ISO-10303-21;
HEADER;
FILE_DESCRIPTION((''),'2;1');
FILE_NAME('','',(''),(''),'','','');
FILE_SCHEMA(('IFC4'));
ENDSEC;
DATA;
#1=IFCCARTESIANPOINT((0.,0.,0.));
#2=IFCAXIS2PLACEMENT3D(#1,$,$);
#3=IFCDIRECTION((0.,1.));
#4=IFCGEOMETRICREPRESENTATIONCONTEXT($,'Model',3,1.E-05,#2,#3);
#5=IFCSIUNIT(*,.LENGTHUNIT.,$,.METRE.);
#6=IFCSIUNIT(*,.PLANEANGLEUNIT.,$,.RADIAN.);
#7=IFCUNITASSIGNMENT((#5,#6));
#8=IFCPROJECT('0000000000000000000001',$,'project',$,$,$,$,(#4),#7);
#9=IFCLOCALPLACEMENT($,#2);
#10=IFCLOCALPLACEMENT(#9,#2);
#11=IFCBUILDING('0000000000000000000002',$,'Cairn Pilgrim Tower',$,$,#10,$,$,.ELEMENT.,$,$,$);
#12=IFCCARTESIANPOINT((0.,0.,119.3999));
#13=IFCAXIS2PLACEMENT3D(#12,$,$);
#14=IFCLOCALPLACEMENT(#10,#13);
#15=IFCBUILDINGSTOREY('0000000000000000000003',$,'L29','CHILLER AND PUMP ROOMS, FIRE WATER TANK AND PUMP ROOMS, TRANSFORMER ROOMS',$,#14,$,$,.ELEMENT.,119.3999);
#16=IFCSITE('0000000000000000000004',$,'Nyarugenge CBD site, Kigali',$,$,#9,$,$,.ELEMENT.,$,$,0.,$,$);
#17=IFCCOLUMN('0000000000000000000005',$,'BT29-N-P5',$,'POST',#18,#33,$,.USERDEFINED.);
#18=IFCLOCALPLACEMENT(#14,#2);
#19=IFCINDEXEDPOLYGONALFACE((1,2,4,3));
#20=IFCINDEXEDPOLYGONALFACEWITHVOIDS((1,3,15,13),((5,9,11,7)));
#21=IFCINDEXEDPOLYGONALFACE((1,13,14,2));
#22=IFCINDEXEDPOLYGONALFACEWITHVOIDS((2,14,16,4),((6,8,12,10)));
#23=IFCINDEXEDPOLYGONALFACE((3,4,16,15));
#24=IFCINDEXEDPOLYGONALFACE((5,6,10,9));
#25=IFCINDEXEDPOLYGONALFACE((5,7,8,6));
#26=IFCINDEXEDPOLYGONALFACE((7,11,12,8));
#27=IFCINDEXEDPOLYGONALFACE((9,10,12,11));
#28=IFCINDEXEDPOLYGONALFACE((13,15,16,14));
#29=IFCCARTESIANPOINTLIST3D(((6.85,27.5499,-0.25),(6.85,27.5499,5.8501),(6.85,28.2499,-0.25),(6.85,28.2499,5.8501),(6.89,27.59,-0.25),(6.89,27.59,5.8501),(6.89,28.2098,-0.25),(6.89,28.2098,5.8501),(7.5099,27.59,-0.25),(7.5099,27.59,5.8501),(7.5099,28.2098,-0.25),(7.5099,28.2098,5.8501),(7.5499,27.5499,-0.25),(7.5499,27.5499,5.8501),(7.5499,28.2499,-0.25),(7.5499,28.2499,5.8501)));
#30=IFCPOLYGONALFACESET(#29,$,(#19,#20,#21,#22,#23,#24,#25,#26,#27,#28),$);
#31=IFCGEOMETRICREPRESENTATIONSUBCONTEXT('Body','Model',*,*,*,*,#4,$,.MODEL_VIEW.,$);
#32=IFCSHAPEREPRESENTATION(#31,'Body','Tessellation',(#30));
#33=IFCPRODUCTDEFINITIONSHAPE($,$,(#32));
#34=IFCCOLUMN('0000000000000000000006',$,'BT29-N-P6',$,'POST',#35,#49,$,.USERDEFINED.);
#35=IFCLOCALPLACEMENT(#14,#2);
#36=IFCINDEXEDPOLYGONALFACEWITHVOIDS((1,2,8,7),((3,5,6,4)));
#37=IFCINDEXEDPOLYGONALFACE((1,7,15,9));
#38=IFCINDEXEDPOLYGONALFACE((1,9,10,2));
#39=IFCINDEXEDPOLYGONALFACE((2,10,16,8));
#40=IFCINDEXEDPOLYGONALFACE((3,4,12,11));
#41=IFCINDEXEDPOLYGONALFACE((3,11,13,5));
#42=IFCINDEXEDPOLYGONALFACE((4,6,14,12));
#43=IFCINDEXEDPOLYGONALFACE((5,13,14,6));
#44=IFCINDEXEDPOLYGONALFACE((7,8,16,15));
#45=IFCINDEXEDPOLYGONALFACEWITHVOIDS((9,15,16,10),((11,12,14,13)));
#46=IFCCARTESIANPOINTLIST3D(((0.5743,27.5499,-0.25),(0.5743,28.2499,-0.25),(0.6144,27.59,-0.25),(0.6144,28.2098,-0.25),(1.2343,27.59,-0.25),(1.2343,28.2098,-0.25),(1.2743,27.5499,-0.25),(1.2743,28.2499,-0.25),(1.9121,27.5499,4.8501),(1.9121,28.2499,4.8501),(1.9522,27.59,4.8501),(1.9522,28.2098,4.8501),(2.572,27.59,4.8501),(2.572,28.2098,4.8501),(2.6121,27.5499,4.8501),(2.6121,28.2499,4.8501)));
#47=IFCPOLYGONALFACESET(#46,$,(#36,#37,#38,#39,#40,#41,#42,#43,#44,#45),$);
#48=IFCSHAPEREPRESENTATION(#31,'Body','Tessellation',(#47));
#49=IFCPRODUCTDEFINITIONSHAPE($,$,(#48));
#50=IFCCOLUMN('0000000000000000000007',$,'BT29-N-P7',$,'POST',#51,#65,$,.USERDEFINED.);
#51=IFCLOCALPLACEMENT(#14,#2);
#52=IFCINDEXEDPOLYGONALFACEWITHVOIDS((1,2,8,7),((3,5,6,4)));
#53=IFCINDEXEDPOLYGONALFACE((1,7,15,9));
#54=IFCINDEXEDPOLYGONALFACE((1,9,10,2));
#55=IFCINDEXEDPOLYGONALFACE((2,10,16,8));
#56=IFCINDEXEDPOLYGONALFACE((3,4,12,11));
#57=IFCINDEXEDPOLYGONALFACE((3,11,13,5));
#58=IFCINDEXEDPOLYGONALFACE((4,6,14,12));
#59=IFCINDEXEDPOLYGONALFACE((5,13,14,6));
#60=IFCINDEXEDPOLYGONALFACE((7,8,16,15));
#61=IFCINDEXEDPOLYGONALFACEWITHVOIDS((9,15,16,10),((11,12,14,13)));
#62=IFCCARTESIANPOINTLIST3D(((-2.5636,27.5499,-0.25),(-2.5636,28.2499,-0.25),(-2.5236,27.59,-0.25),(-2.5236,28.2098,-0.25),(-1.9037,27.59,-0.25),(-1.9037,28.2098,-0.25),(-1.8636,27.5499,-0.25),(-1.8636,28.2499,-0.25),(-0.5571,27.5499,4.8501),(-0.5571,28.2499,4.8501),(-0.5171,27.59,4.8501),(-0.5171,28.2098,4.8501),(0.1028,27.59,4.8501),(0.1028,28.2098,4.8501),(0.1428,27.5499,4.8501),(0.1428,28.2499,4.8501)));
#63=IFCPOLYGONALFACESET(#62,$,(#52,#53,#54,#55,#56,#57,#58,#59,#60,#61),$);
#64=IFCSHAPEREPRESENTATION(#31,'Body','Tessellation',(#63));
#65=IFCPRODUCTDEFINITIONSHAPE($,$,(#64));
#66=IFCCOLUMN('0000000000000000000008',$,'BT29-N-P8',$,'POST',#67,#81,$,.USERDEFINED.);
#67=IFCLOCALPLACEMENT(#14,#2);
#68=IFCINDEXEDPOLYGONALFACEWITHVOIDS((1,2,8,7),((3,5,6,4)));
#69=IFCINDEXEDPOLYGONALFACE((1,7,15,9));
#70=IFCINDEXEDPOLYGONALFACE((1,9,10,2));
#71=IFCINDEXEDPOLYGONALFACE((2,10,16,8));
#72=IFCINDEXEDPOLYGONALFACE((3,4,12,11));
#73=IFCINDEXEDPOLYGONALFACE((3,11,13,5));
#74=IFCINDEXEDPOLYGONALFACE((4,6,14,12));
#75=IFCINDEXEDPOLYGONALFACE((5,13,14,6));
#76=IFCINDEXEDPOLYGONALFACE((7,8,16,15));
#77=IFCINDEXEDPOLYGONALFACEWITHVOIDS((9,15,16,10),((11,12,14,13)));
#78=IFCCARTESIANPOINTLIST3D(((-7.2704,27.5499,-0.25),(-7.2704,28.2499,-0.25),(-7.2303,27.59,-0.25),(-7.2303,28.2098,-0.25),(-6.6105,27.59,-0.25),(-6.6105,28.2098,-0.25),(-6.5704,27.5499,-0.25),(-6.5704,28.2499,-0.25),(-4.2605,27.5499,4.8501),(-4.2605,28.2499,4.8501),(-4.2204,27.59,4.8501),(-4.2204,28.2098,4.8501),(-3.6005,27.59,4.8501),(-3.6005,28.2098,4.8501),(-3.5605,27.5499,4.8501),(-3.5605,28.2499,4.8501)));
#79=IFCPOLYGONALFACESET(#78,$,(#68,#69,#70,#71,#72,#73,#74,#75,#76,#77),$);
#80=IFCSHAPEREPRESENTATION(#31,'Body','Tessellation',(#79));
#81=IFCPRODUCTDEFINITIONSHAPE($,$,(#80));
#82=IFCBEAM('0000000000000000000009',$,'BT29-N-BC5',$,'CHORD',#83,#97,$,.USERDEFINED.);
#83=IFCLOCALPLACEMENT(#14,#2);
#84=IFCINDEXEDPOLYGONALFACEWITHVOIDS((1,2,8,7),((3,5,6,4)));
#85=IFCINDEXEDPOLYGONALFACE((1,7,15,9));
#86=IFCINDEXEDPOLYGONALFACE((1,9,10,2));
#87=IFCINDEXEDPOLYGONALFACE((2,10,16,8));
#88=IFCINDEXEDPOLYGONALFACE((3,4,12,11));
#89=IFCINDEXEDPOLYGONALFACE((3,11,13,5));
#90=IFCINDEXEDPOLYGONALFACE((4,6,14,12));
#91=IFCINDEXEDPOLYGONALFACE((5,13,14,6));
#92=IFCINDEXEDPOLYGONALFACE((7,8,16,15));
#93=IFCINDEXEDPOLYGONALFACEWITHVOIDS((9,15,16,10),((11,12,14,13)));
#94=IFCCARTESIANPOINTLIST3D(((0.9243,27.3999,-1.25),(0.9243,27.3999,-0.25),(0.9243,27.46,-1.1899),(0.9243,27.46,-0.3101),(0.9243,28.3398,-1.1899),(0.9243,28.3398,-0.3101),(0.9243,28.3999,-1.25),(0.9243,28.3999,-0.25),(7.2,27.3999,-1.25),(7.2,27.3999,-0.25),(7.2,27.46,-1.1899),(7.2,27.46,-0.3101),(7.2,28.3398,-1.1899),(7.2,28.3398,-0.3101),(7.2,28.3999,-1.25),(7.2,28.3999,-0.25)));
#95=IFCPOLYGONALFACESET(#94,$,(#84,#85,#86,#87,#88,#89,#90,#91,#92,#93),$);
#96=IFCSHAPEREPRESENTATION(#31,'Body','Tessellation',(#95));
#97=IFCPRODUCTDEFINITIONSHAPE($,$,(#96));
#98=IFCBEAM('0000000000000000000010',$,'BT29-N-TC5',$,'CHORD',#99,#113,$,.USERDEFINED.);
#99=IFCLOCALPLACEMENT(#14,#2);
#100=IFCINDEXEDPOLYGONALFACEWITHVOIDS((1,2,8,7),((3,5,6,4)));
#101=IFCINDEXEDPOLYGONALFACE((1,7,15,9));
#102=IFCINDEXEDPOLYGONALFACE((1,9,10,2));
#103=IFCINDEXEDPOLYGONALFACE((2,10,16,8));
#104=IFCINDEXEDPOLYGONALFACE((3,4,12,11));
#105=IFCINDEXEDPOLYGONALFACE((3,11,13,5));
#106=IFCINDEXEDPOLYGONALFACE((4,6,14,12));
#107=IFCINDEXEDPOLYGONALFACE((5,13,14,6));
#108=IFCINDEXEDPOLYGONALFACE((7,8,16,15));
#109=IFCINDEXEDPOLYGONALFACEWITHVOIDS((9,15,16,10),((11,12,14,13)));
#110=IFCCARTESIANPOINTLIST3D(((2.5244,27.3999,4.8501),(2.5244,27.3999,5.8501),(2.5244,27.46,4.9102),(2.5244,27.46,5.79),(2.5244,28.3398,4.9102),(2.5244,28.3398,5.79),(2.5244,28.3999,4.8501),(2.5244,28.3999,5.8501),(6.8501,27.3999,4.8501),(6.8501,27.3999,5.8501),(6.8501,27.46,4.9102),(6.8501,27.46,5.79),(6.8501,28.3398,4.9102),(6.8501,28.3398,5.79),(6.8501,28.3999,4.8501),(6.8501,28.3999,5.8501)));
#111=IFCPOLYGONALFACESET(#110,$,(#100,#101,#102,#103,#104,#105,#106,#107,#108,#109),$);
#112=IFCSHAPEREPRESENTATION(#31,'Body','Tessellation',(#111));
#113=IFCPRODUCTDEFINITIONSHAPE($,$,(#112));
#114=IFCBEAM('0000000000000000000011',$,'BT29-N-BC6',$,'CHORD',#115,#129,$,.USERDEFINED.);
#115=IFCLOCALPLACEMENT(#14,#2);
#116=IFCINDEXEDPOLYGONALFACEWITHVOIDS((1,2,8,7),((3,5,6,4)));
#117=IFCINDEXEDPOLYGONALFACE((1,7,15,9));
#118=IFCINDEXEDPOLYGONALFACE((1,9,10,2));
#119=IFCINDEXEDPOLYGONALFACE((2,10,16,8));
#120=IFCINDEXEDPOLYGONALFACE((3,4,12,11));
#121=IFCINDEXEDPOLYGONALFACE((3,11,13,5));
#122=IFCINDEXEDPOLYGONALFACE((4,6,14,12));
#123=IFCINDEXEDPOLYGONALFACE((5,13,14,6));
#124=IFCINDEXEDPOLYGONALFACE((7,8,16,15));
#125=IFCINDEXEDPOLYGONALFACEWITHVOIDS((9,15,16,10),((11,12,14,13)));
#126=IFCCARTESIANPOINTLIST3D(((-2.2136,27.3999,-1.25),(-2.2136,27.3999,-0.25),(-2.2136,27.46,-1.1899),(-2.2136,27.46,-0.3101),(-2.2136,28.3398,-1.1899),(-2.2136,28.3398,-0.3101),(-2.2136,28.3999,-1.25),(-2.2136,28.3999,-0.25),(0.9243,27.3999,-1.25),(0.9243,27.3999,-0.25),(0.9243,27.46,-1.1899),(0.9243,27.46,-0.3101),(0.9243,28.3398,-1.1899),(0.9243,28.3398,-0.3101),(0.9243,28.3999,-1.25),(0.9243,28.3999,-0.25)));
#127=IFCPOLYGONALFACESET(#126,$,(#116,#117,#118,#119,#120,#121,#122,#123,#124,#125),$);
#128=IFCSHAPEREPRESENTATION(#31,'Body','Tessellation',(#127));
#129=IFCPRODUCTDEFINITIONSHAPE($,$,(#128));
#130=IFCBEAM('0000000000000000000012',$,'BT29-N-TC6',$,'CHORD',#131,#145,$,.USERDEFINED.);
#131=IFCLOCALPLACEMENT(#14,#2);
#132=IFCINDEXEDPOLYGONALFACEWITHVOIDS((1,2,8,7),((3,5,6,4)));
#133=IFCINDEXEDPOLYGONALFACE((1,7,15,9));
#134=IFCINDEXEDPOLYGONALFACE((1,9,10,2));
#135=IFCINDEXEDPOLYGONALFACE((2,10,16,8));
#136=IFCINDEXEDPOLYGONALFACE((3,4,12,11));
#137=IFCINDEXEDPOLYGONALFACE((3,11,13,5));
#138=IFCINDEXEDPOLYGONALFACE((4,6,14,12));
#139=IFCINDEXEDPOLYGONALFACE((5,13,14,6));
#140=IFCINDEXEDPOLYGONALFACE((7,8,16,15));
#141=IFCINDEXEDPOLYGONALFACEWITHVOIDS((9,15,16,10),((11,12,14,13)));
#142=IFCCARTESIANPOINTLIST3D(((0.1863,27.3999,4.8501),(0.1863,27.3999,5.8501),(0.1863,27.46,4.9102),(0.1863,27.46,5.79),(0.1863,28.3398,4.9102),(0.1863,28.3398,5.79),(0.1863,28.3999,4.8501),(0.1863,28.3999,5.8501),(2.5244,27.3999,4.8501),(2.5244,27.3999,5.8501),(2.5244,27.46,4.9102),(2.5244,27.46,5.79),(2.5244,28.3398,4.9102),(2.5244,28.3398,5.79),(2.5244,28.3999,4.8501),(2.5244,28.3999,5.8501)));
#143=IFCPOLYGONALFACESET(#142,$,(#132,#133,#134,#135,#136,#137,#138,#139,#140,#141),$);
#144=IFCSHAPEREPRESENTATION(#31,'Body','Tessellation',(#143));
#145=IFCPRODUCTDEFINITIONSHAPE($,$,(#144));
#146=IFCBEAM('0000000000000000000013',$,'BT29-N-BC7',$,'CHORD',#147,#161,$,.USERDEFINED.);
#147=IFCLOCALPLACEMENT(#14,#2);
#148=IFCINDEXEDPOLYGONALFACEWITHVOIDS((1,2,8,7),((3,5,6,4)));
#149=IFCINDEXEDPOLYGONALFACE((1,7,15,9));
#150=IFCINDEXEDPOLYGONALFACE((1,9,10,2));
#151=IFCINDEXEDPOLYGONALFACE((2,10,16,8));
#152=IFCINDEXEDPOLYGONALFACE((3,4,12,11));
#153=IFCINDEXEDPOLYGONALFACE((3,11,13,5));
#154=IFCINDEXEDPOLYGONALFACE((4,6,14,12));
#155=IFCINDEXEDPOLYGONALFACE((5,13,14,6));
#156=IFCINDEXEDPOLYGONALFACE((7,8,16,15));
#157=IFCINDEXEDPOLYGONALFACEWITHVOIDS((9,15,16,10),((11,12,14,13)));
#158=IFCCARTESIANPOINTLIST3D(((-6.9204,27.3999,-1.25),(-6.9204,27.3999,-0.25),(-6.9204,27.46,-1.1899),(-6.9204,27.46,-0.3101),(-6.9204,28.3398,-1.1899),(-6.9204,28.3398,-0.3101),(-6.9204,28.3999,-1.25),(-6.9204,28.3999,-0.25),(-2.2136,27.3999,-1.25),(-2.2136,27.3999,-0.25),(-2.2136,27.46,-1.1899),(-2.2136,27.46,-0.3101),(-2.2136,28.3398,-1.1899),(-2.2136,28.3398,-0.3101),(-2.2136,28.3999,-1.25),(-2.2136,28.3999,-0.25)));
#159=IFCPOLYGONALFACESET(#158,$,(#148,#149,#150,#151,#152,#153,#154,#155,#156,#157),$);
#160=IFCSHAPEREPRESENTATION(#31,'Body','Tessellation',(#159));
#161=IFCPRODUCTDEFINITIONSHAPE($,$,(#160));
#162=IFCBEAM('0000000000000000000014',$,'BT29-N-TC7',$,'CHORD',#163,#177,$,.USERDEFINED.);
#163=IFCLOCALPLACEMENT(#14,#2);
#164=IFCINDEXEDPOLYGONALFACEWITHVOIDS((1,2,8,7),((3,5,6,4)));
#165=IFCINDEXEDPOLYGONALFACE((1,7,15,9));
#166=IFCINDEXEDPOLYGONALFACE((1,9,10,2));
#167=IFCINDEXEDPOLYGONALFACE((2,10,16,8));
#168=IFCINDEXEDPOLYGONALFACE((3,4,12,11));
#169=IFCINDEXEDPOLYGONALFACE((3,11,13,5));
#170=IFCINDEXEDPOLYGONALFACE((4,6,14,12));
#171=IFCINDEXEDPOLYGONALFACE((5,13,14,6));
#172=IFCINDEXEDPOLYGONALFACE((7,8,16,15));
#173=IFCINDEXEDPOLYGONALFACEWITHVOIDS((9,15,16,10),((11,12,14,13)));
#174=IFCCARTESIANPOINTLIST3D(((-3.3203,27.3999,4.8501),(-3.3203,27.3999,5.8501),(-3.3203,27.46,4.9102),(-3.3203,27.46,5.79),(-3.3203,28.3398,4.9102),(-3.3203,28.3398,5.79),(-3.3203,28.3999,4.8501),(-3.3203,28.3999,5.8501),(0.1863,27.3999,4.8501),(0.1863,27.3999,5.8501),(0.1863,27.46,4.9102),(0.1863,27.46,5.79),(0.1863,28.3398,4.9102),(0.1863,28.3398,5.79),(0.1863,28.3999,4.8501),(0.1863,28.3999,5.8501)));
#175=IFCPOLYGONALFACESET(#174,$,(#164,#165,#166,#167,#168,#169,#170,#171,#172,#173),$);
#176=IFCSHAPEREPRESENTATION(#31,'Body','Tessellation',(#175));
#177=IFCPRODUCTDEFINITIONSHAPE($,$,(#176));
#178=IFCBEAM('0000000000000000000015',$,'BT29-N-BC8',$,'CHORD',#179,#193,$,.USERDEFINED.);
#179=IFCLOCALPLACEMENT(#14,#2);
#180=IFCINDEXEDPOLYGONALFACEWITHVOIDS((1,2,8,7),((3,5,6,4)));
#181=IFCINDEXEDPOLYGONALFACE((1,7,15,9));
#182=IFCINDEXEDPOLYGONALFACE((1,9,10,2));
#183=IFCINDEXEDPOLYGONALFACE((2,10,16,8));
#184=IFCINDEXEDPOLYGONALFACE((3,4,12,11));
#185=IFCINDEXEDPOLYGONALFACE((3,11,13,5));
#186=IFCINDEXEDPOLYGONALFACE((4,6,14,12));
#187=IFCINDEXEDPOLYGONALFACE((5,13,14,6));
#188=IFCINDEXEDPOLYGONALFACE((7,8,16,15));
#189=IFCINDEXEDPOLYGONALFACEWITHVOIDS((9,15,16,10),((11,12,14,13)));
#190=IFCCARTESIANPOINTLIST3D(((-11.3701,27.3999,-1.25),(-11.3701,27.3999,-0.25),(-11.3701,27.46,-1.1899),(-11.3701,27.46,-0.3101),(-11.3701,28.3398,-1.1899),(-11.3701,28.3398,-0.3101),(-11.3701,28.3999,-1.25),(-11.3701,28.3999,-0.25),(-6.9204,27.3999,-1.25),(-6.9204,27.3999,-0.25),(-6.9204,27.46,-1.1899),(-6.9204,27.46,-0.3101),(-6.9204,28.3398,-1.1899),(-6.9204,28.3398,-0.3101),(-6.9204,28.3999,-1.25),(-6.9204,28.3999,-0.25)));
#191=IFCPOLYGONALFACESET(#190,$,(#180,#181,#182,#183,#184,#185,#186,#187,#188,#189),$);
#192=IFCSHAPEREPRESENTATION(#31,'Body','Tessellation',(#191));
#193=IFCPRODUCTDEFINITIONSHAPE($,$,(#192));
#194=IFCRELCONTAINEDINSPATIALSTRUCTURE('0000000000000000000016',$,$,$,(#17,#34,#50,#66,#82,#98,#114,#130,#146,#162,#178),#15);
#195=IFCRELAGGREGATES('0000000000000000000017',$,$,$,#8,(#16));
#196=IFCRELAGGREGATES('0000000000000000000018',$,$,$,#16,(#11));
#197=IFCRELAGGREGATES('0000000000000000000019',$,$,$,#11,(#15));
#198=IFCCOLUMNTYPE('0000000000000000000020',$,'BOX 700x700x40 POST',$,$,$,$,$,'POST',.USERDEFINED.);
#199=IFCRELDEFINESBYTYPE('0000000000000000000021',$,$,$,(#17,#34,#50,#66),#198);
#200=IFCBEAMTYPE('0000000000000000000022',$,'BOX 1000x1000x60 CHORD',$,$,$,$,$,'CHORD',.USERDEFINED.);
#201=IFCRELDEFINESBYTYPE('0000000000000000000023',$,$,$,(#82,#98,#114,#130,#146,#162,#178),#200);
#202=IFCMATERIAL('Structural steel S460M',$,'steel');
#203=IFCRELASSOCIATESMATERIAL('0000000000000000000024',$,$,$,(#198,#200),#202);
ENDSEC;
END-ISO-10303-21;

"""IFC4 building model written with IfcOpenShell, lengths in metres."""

from ifc_helpers import new_model, si_unit, direction, frame, origin, origin_2d, place, context, subcontext, project, spatial, hollow_rectangle, extrude, clip, halfspace, material, material_profile, profile_set, type_object, element, save


model = new_model("IFC4")

# Units and contexts
model_context = context("Model", 3, precision=1e-05, world=origin(), true_north=direction((0.0, 1.0)))
body_context = subcontext(model_context, "Body", "Model", "MODEL_VIEW")
ifc_project = project(units=[si_unit("LENGTHUNIT", "METRE"), si_unit("PLANEANGLEUNIT", "RADIAN")], contexts=[model_context])

# Site, building, storey
site_placement = place(None, origin())
site = spatial("IfcSite", under=ifc_project, at=site_placement, Name="Nyarugenge CBD site, Kigali", CompositionType="ELEMENT", RefElevation=0.0)
building_placement = place(site_placement, origin())
building = spatial("IfcBuilding", under=site, at=building_placement, Name="Cairn Pilgrim Tower", CompositionType="ELEMENT")
storey_placement = place(building_placement, frame((0.0, 0.0, 119.3999)))
storey = spatial("IfcBuildingStorey", under=building, at=storey_placement, Name="L29", Description="CHILLER AND PUMP ROOMS, FIRE WATER TANK AND PUMP ROOMS, TRANSFORMER ROOMS", CompositionType="ELEMENT", Elevation=119.3999)

# Columns
ifc_material_1 = material(Name="Structural steel S460M", Category="steel")
ifc_material_profile_1 = material_profile(ifc_material_1, hollow_rectangle(XDim=0.7, YDim=0.7, WallThickness=0.04, at=origin_2d()), Name="BOX 700x700x40")
ifc_profile_set_1 = profile_set([ifc_material_profile_1], Name="Structural steel S460M")
column_type = type_object("IfcColumnType", Name="BOX 700x700x40 POST", ElementType="POST", PredefinedType="USERDEFINED", material=ifc_profile_set_1)
column_1_placement = place(storey_placement, frame((7.2, 27.8999, -0.25), z_axis=(0.0, 0.0, 1.0), x_axis=(1.0, 0.0, 0.0)))
element("IfcColumn", 1, at=column_1_placement, inside=storey, type_object=column_type, Name="BT29-N-P5", ObjectType="POST", PredefinedType="USERDEFINED", context=body_context, shape_type="SweptSolid", body=[
    extrude(hollow_rectangle(XDim=0.7, YDim=0.7, WallThickness=0.04, at=origin_2d()), origin(), (0.0, 0.0, 1.0), 6.1001),
])
column_2_placement = place(storey_placement, frame((0.9243, 27.8999, -0.25), z_axis=(0.0, 0.0, 1.0), x_axis=(1.0, 0.0, 0.0)))
element("IfcColumn", 2, at=column_2_placement, inside=storey, type_object=column_type, Name="BT29-N-P6", ObjectType="POST", PredefinedType="USERDEFINED", context=body_context, shape_type="Clipping", body=[
    clip(extrude(hollow_rectangle(XDim=0.7, YDim=0.7, WallThickness=0.04, at=origin_2d()), origin(), (0.253723, 0.0, 0.967277), 6.3064), halfspace(frame((0.0, 0.0, 5.1001), z_axis=(0.0, 0.0, 1.0), x_axis=(1.0, 0.0, 0.0)), False)),
])
column_3_placement = place(storey_placement, frame((-2.2136, 27.8999, -0.25), z_axis=(0.0, 0.0, 1.0), x_axis=(1.0, 0.0, 0.0)))
element("IfcColumn", 3, at=column_3_placement, inside=storey, type_object=column_type, Name="BT29-N-P7", ObjectType="POST", PredefinedType="USERDEFINED", context=body_context, shape_type="Clipping", body=[
    clip(extrude(hollow_rectangle(XDim=0.7, YDim=0.7, WallThickness=0.04, at=origin_2d()), origin(), (0.366106, 0.0, 0.930573), 6.5552), halfspace(frame((0.0, 0.0, 5.1001), z_axis=(0.0, 0.0, 1.0), x_axis=(1.0, 0.0, 0.0)), False)),
])
column_4_placement = place(storey_placement, frame((-6.9204, 27.8999, -0.25), z_axis=(0.0, 0.0, 1.0), x_axis=(1.0, 0.0, 0.0)))
element("IfcColumn", 4, at=column_4_placement, inside=storey, type_object=column_type, Name="BT29-N-P8", ObjectType="POST", PredefinedType="USERDEFINED", context=body_context, shape_type="Clipping", body=[
    clip(extrude(hollow_rectangle(XDim=0.7, YDim=0.7, WallThickness=0.04, at=origin_2d()), origin(), (0.508258, 0.0, 0.861205), 7.0833), halfspace(frame((0.0, 0.0, 5.1001), z_axis=(0.0, 0.0, 1.0), x_axis=(1.0, 0.0, 0.0)), False)),
])

# Beams
ifc_material_profile_2 = material_profile(ifc_material_1, hollow_rectangle(XDim=1.0, YDim=1.0, WallThickness=0.0601, at=origin_2d()), Name="BOX 1000x1000x60")
ifc_profile_set_2 = profile_set([ifc_material_profile_2], Name="Structural steel S460M")
beam_type_1 = type_object("IfcBeamType", Name="BOX 1000x1000x60 CHORD", ElementType="CHORD", PredefinedType="USERDEFINED", material=ifc_profile_set_2)
beam_1_placement = place(storey_placement, frame((7.2, 27.8999, -0.75), z_axis=(-1.0, 0.0, 0.0), x_axis=(0.0, -1.0, 0.0)))
element("IfcBeam", 5, at=beam_1_placement, inside=storey, type_object=beam_type_1, Name="BT29-N-BC5", ObjectType="CHORD", PredefinedType="USERDEFINED", context=body_context, shape_type="SweptSolid", body=[
    extrude(hollow_rectangle(XDim=1.0, YDim=1.0, WallThickness=0.0601, at=origin_2d()), origin(), (0.0, 0.0, 1.0), 6.2756),
])
beam_2_placement = place(storey_placement, frame((6.8501, 27.8999, 5.3501), z_axis=(-1.0, 0.0, 0.0), x_axis=(0.0, -1.0, 0.0)))
element("IfcBeam", 6, at=beam_2_placement, inside=storey, type_object=beam_type_1, Name="BT29-N-TC5", ObjectType="CHORD", PredefinedType="USERDEFINED", context=body_context, shape_type="SweptSolid", body=[
    extrude(hollow_rectangle(XDim=1.0, YDim=1.0, WallThickness=0.0601, at=origin_2d()), origin(), (0.0, 0.0, 1.0), 4.3257),
])
beam_3_placement = place(storey_placement, frame((0.9243, 27.8999, -0.75), z_axis=(-1.0, 0.0, 0.0), x_axis=(0.0, -1.0, 0.0)))
element("IfcBeam", 7, at=beam_3_placement, inside=storey, type_object=beam_type_1, Name="BT29-N-BC6", ObjectType="CHORD", PredefinedType="USERDEFINED", context=body_context, shape_type="SweptSolid", body=[
    extrude(hollow_rectangle(XDim=1.0, YDim=1.0, WallThickness=0.0601, at=origin_2d()), origin(), (0.0, 0.0, 1.0), 3.1379),
])
beam_4_placement = place(storey_placement, frame((2.5244, 27.8999, 5.3501), z_axis=(-1.0, 0.0, 0.0), x_axis=(0.0, -1.0, 0.0)))
element("IfcBeam", 8, at=beam_4_placement, inside=storey, type_object=beam_type_1, Name="BT29-N-TC6", ObjectType="CHORD", PredefinedType="USERDEFINED", context=body_context, shape_type="SweptSolid", body=[
    extrude(hollow_rectangle(XDim=1.0, YDim=1.0, WallThickness=0.0601, at=origin_2d()), origin(), (0.0, 0.0, 1.0), 2.3381),
])
beam_5_placement = place(storey_placement, frame((-2.2136, 27.8999, -0.75), z_axis=(-1.0, 0.0, 0.0), x_axis=(0.0, -1.0, 0.0)))
element("IfcBeam", 9, at=beam_5_placement, inside=storey, type_object=beam_type_1, Name="BT29-N-BC7", ObjectType="CHORD", PredefinedType="USERDEFINED", context=body_context, shape_type="SweptSolid", body=[
    extrude(hollow_rectangle(XDim=1.0, YDim=1.0, WallThickness=0.0601, at=origin_2d()), origin(), (0.0, 0.0, 1.0), 4.7068),
])
beam_6_placement = place(storey_placement, frame((0.1863, 27.8999, 5.3501), z_axis=(-1.0, 0.0, 0.0), x_axis=(0.0, -1.0, 0.0)))
element("IfcBeam", 10, at=beam_6_placement, inside=storey, type_object=beam_type_1, Name="BT29-N-TC7", ObjectType="CHORD", PredefinedType="USERDEFINED", context=body_context, shape_type="SweptSolid", body=[
    extrude(hollow_rectangle(XDim=1.0, YDim=1.0, WallThickness=0.0601, at=origin_2d()), origin(), (0.0, 0.0, 1.0), 3.5066),
])
beam_7_placement = place(storey_placement, frame((-6.9204, 27.8999, -0.75), z_axis=(-1.0, 0.0, 0.0), x_axis=(0.0, -1.0, 0.0)))
element("IfcBeam", 11, at=beam_7_placement, inside=storey, type_object=beam_type_1, Name="BT29-N-BC8", ObjectType="CHORD", PredefinedType="USERDEFINED", context=body_context, shape_type="SweptSolid", body=[
    extrude(hollow_rectangle(XDim=1.0, YDim=1.0, WallThickness=0.0601, at=origin_2d()), origin(), (0.0, 0.0, 1.0), 4.4497),
])

save(model, "model.ifc")
